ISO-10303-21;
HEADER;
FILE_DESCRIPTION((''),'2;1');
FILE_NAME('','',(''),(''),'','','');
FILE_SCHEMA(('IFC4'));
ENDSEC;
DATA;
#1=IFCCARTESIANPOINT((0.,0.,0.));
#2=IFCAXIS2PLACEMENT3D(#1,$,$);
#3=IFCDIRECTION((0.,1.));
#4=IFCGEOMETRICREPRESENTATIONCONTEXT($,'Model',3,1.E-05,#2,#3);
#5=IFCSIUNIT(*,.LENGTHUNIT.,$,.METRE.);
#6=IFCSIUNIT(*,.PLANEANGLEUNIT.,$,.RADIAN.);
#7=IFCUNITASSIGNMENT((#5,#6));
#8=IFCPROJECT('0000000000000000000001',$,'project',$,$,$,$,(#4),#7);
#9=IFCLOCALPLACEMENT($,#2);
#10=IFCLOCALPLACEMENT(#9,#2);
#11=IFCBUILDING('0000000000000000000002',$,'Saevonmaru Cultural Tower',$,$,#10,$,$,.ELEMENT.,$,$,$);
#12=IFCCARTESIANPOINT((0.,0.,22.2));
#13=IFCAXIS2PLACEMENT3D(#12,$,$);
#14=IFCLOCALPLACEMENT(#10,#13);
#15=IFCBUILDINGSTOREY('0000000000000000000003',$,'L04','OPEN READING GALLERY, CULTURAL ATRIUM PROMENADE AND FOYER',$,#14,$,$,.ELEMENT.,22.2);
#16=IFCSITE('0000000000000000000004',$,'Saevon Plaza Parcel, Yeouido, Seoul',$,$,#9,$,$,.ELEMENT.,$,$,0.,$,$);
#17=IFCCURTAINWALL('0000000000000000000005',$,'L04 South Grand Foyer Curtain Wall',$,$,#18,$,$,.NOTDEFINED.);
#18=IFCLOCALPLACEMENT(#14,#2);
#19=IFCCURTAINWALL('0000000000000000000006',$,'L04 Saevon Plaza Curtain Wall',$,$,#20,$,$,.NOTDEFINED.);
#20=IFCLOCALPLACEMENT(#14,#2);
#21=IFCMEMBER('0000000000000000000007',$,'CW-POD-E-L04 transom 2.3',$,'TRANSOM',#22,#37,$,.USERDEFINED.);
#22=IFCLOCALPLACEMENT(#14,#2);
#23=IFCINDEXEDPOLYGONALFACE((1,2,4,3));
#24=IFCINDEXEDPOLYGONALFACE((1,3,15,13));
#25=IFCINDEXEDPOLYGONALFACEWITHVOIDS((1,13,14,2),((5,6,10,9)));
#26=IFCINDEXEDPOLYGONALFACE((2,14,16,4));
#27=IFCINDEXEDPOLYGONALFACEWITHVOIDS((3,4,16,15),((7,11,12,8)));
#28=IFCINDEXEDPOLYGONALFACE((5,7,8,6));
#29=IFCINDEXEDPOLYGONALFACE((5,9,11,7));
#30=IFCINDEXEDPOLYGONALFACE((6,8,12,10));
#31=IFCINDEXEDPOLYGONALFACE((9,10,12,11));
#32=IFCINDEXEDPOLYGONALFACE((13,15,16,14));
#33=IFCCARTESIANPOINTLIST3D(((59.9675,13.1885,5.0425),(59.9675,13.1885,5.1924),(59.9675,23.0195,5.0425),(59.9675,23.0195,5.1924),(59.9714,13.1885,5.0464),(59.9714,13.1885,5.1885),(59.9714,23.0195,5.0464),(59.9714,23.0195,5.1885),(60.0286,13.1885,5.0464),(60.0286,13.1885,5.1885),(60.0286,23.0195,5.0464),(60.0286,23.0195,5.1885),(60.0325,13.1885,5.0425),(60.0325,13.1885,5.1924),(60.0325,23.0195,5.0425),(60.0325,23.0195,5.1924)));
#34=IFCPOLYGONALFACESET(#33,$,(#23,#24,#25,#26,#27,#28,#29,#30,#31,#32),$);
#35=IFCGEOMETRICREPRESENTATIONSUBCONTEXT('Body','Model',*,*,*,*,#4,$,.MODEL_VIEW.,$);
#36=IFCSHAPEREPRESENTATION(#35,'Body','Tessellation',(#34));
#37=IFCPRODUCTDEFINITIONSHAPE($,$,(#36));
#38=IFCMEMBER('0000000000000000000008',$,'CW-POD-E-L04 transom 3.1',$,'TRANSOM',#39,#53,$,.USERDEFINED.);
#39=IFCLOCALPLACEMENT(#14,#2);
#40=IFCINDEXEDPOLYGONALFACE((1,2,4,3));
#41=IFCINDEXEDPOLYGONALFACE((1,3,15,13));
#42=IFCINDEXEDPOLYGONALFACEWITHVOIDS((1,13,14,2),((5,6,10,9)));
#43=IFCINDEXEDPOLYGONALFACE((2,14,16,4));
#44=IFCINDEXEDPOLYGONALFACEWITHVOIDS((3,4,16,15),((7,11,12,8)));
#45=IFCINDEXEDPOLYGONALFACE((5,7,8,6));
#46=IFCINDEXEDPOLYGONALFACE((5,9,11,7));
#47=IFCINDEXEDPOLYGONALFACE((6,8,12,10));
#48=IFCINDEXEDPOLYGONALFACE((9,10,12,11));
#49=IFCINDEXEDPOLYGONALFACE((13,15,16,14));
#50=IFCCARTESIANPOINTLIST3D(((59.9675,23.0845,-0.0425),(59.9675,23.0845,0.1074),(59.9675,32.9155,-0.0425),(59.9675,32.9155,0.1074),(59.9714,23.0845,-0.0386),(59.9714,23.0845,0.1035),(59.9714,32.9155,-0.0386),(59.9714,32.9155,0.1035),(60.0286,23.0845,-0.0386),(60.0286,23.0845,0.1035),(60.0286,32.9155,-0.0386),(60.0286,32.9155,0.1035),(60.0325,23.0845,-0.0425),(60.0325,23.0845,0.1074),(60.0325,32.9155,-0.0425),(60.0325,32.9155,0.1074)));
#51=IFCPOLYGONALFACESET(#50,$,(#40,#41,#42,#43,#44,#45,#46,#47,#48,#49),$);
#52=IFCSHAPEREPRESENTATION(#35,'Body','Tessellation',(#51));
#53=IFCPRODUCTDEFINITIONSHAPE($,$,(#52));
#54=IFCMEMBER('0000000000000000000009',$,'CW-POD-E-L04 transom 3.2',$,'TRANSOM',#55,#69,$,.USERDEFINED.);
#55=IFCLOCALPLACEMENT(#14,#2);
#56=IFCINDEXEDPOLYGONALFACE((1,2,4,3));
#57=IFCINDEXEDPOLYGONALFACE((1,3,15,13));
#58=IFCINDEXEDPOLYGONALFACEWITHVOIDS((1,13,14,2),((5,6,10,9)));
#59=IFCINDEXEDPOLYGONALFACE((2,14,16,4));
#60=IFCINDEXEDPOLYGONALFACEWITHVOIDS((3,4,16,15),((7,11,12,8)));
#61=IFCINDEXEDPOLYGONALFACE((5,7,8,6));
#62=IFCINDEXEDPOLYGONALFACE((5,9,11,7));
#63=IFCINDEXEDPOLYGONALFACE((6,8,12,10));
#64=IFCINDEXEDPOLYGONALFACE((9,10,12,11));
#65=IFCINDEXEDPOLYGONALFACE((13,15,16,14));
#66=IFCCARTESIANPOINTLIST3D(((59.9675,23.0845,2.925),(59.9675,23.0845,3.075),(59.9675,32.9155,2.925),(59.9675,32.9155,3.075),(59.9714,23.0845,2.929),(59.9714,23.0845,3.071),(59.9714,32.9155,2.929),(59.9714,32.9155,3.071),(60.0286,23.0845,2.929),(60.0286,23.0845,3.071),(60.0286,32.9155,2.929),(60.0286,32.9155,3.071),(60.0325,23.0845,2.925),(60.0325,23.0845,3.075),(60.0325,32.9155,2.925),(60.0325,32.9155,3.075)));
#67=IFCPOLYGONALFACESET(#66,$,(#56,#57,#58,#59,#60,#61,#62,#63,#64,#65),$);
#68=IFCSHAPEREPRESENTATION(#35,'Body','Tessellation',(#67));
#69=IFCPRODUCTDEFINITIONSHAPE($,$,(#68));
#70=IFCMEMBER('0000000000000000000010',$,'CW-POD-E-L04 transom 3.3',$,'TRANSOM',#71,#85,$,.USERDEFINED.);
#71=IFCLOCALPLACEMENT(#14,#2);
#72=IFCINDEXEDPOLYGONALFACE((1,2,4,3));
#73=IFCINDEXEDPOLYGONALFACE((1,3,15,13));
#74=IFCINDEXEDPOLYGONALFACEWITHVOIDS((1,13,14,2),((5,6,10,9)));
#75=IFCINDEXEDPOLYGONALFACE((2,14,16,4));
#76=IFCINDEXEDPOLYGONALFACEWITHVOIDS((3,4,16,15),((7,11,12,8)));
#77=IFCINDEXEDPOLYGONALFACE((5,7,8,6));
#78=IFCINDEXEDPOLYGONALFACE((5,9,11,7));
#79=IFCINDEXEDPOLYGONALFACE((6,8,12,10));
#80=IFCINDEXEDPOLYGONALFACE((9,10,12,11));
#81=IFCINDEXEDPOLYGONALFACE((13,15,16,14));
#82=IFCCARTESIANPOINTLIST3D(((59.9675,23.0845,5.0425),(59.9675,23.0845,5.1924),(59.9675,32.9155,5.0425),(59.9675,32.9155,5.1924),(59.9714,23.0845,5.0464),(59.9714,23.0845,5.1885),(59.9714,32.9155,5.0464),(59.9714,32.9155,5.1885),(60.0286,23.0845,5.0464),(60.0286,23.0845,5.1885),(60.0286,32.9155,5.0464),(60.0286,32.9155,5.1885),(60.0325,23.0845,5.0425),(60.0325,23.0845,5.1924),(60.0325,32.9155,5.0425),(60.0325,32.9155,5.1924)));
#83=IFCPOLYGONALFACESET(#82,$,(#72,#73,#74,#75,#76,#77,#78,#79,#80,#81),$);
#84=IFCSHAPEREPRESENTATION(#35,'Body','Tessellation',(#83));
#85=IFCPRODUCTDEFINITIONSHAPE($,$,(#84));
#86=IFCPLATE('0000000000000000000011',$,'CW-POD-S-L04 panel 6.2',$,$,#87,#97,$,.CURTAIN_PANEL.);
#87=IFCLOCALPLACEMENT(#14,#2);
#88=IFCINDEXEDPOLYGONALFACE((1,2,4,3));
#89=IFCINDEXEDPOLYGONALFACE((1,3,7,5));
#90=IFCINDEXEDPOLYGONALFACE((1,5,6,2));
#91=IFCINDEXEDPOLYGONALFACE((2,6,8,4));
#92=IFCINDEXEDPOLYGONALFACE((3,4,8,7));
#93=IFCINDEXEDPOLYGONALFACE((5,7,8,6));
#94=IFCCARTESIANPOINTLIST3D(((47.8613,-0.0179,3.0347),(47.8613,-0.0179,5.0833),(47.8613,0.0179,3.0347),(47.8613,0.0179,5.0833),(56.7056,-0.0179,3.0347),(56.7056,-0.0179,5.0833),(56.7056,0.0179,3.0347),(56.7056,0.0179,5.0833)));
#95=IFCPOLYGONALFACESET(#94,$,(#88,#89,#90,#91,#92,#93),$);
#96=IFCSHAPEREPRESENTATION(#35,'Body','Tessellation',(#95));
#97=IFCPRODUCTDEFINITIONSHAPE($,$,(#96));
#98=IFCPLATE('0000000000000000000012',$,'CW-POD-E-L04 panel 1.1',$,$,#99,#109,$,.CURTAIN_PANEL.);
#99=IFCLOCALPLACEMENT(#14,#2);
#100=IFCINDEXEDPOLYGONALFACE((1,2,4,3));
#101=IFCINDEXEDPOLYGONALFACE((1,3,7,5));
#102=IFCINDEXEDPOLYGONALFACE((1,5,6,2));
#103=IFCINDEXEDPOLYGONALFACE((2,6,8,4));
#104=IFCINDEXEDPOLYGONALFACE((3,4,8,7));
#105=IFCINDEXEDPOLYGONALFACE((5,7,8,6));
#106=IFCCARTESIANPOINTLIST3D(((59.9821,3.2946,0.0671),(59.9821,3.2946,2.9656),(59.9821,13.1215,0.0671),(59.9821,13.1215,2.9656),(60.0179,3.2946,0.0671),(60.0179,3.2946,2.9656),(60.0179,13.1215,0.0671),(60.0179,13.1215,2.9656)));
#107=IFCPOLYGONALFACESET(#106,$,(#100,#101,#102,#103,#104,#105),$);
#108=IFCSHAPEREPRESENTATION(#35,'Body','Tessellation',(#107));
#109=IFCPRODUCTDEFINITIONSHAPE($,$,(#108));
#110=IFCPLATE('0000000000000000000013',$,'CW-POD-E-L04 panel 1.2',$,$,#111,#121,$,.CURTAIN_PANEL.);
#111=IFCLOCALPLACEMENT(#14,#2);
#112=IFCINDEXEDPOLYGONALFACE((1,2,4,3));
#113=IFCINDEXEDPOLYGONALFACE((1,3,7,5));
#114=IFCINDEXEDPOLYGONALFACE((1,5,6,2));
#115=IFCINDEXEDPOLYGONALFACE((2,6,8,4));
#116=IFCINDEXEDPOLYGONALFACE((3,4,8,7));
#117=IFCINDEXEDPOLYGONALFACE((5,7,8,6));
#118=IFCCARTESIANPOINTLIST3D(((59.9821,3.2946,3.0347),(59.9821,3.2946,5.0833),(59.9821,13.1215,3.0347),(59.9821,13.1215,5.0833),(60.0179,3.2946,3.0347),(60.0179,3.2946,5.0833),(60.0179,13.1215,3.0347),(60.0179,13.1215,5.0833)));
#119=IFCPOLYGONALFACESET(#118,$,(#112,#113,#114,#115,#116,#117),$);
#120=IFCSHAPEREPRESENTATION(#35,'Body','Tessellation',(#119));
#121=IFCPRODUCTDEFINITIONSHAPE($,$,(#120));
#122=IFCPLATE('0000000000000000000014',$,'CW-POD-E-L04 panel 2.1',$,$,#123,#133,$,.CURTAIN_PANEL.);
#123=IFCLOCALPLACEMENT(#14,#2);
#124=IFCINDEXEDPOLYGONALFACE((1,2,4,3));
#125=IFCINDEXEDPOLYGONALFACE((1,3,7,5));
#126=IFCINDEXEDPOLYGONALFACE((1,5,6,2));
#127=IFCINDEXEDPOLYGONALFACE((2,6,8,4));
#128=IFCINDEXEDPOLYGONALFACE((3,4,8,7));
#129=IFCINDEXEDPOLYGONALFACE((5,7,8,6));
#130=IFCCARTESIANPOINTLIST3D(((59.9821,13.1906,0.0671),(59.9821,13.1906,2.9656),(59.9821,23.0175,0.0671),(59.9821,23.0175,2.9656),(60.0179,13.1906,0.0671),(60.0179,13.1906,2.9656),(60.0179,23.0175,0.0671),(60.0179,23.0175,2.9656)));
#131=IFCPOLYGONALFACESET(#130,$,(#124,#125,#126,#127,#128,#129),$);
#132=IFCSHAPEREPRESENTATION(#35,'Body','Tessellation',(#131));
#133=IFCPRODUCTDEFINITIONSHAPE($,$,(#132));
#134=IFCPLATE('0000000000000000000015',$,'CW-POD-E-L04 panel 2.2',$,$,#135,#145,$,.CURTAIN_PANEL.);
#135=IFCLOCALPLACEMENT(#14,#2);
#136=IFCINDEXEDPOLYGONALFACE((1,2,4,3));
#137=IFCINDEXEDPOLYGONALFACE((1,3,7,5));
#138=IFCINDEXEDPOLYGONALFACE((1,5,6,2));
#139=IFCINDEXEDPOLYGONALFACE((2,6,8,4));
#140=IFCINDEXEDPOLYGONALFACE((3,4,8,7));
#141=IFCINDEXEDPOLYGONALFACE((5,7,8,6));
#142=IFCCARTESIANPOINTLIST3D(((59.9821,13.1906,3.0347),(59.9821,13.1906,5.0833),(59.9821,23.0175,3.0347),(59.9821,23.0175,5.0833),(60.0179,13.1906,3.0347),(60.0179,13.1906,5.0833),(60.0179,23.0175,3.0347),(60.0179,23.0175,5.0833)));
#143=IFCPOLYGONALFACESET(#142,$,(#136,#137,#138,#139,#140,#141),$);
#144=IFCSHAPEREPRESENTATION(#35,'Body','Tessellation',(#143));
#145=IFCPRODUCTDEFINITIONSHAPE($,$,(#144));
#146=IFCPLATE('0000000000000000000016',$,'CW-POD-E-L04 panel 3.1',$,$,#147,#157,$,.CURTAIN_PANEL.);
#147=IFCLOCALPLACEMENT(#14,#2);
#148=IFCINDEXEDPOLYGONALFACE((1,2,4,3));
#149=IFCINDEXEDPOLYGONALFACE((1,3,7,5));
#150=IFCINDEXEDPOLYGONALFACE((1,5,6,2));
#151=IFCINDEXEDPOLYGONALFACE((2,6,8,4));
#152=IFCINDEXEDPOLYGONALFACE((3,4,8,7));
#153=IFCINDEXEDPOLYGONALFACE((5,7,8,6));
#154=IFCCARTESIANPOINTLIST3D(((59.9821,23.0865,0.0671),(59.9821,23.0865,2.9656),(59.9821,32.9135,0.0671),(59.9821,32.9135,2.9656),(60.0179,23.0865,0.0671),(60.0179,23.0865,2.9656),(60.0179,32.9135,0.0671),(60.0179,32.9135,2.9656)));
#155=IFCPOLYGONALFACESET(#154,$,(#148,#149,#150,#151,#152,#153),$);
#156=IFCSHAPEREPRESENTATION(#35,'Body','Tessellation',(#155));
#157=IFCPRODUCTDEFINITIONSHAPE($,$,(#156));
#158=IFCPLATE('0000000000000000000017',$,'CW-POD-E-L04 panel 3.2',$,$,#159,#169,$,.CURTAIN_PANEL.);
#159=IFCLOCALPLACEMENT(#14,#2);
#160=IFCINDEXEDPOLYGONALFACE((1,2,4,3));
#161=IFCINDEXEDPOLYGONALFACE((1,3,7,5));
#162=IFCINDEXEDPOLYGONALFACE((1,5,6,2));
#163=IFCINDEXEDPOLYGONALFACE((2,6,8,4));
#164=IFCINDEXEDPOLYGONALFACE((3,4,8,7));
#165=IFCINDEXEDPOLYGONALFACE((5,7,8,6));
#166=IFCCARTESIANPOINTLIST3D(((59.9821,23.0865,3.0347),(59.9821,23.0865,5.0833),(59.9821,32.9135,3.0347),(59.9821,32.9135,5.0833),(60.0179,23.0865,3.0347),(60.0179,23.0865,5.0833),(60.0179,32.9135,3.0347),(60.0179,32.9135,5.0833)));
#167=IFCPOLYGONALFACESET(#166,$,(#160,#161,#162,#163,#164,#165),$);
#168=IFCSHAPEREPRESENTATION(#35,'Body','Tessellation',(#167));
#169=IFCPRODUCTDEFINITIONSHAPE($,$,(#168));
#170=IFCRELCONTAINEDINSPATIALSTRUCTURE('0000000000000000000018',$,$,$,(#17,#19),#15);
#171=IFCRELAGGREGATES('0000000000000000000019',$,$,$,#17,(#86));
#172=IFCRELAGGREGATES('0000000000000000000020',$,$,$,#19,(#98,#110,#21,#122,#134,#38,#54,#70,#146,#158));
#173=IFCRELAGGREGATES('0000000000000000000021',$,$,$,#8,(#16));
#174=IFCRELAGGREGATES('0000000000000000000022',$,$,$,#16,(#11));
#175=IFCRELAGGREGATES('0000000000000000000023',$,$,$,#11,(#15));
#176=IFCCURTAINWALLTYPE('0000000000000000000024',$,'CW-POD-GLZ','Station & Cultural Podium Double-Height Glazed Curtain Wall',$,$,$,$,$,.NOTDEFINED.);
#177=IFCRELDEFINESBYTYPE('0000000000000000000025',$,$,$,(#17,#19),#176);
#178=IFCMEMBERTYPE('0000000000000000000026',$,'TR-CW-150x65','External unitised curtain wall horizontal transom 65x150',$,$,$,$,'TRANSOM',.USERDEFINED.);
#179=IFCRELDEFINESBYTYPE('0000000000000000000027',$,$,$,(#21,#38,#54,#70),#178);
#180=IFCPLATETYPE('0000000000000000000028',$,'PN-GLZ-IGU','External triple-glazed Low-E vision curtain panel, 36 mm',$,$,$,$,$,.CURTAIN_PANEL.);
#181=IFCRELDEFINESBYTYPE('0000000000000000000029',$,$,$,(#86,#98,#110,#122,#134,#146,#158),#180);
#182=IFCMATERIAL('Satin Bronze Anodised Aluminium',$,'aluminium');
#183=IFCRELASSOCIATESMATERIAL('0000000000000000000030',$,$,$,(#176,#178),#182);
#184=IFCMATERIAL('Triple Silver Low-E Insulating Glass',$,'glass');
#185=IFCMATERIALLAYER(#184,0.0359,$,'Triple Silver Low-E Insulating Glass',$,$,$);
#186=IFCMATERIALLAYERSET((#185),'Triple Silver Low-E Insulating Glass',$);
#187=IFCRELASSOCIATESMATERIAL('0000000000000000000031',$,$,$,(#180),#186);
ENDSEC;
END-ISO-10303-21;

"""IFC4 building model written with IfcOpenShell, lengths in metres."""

from ifc_helpers import new_model, si_unit, direction, frame, origin, origin_2d, place, context, subcontext, project, spatial, rectangle, hollow_rectangle, extrude, material, layer, layer_set, material_profile, profile_set, type_object, element, aggregate, save


model = new_model("IFC4")

# Units and contexts
model_context = context("Model", 3, precision=1e-05, world=origin(), true_north=direction((0.0, 1.0)))
body_context = subcontext(model_context, "Body", "Model", "MODEL_VIEW")
ifc_project = project(units=[si_unit("LENGTHUNIT", "METRE"), si_unit("PLANEANGLEUNIT", "RADIAN")], contexts=[model_context])

# Site, building, storey
site_placement = place(None, origin())
site = spatial("IfcSite", under=ifc_project, at=site_placement, Name="Saevon Plaza Parcel, Yeouido, Seoul", CompositionType="ELEMENT", RefElevation=0.0)
building_placement = place(site_placement, origin())
building = spatial("IfcBuilding", under=site, at=building_placement, Name="Saevonmaru Cultural Tower", CompositionType="ELEMENT")
storey_placement = place(building_placement, frame((0.0, 0.0, 22.2)))
storey = spatial("IfcBuildingStorey", under=building, at=storey_placement, Name="L04", Description="OPEN READING GALLERY, CULTURAL ATRIUM PROMENADE AND FOYER", CompositionType="ELEMENT", Elevation=22.2)

# Curtain wall
ifc_material_1 = material(Name="Satin Bronze Anodised Aluminium", Category="aluminium")
curtain_wall_type_1 = type_object("IfcCurtainWallType", Name="CW-POD-GLZ", Description="Station & Cultural Podium Double-Height Glazed Curtain Wall", PredefinedType="NOTDEFINED", material=ifc_material_1)
curtain_wall_1_placement = place(storey_placement, origin())
curtain_wall_1 = element("IfcCurtainWall", 1, at=curtain_wall_1_placement, inside=storey, type_object=curtain_wall_type_1, Name="L04 South Grand Foyer Curtain Wall", PredefinedType="NOTDEFINED")

# Curtain wall
curtain_wall_2_placement = place(storey_placement, origin())
curtain_wall_2 = element("IfcCurtainWall", 2, at=curtain_wall_2_placement, inside=storey, type_object=curtain_wall_type_1, Name="L04 Saevon Plaza Curtain Wall", PredefinedType="NOTDEFINED")

# Members
ifc_material_profile_1 = material_profile(ifc_material_1, hollow_rectangle(XDim=0.0649, YDim=0.1499, WallThickness=0.0039, at=origin_2d()), Name="ALU-TRAN-150x65x4")
ifc_profile_set_1 = profile_set([ifc_material_profile_1], Name="Satin Bronze Anodised Aluminium")
member_type_1 = type_object("IfcMemberType", Name="TR-CW-150x65", Description="External unitised curtain wall horizontal transom 65x150", ElementType="TRANSOM", PredefinedType="USERDEFINED", material=ifc_profile_set_1)
member_1_placement = place(storey_placement, frame((60.0, 13.1885, 5.1174), z_axis=(0.0, 1.0, 0.0), x_axis=(-1.0, 0.0, 0.0)))
member_1 = element("IfcMember", 3, at=member_1_placement, type_object=member_type_1, Name="CW-POD-E-L04 transom 2.3", ObjectType="TRANSOM", PredefinedType="USERDEFINED", context=body_context, shape_type="SweptSolid", body=[
    extrude(hollow_rectangle(XDim=0.0649, YDim=0.1499, WallThickness=0.0039, at=origin_2d()), origin(), (0.0, 0.0, 1.0), 9.8311),
])
member_2_placement = place(storey_placement, frame((60.0, 23.0845, 0.0325), z_axis=(0.0, 1.0, 0.0), x_axis=(-1.0, 0.0, 0.0)))
member_2 = element("IfcMember", 4, at=member_2_placement, type_object=member_type_1, Name="CW-POD-E-L04 transom 3.1", ObjectType="TRANSOM", PredefinedType="USERDEFINED", context=body_context, shape_type="SweptSolid", body=[
    extrude(hollow_rectangle(XDim=0.0649, YDim=0.1499, WallThickness=0.0039, at=origin_2d()), origin(), (0.0, 0.0, 1.0), 9.8311),
])
member_3_placement = place(storey_placement, frame((60.0, 23.0845, 3.0), z_axis=(0.0, 1.0, 0.0), x_axis=(-1.0, 0.0, 0.0)))
member_3 = element("IfcMember", 5, at=member_3_placement, type_object=member_type_1, Name="CW-POD-E-L04 transom 3.2", ObjectType="TRANSOM", PredefinedType="USERDEFINED", context=body_context, shape_type="SweptSolid", body=[
    extrude(hollow_rectangle(XDim=0.0649, YDim=0.1499, WallThickness=0.0039, at=origin_2d()), origin(), (0.0, 0.0, 1.0), 9.8311),
])
member_4_placement = place(storey_placement, frame((60.0, 23.0845, 5.1174), z_axis=(0.0, 1.0, 0.0), x_axis=(-1.0, 0.0, 0.0)))
member_4 = element("IfcMember", 6, at=member_4_placement, type_object=member_type_1, Name="CW-POD-E-L04 transom 3.3", ObjectType="TRANSOM", PredefinedType="USERDEFINED", context=body_context, shape_type="SweptSolid", body=[
    extrude(hollow_rectangle(XDim=0.0649, YDim=0.1499, WallThickness=0.0039, at=origin_2d()), origin(), (0.0, 0.0, 1.0), 9.8311),
])

# Plates
ifc_material_2 = material(Name="Triple Silver Low-E Insulating Glass", Category="glass")
ifc_layer_1 = layer(ifc_material_2, 0.0359, Name="Triple Silver Low-E Insulating Glass")
ifc_layer_set_1 = layer_set([ifc_layer_1], Name="Triple Silver Low-E Insulating Glass")
plate_type = type_object("IfcPlateType", Name="PN-GLZ-IGU", Description="External triple-glazed Low-E vision curtain panel, 36 mm", PredefinedType="CURTAIN_PANEL", material=ifc_layer_set_1)
plate_1_placement = place(storey_placement, frame((52.2834, 0.0, 3.0347), z_axis=(0.0, 0.0, 1.0), x_axis=(1.0, 0.0, 0.0)))
plate_1 = element("IfcPlate", 7, at=plate_1_placement, type_object=plate_type, Name="CW-POD-S-L04 panel 6.2", PredefinedType="CURTAIN_PANEL", context=body_context, shape_type="SweptSolid", body=[
    extrude(rectangle(XDim=8.8442, YDim=0.0359, at=origin_2d()), origin(), (0.0, 0.0, 1.0), 2.0486),
])
aggregate(curtain_wall_1, [plate_1])
plate_2_placement = place(storey_placement, frame((60.0, 8.208, 0.0671), z_axis=(0.0, 0.0, 1.0), x_axis=(0.0, 1.0, 0.0)))
plate_2 = element("IfcPlate", 8, at=plate_2_placement, type_object=plate_type, Name="CW-POD-E-L04 panel 1.1", PredefinedType="CURTAIN_PANEL", context=body_context, shape_type="SweptSolid", body=[
    extrude(rectangle(XDim=9.8269, YDim=0.0359, at=origin_2d()), origin(), (0.0, 0.0, 1.0), 2.8984),
])
plate_3_placement = place(storey_placement, frame((60.0, 8.208, 3.0347), z_axis=(0.0, 0.0, 1.0), x_axis=(0.0, 1.0, 0.0)))
plate_3 = element("IfcPlate", 9, at=plate_3_placement, type_object=plate_type, Name="CW-POD-E-L04 panel 1.2", PredefinedType="CURTAIN_PANEL", context=body_context, shape_type="SweptSolid", body=[
    extrude(rectangle(XDim=9.8269, YDim=0.0359, at=origin_2d()), origin(), (0.0, 0.0, 1.0), 2.0486),
])
plate_4_placement = place(storey_placement, frame((60.0, 18.104, 0.0671), z_axis=(0.0, 0.0, 1.0), x_axis=(0.0, 1.0, 0.0)))
plate_4 = element("IfcPlate", 10, at=plate_4_placement, type_object=plate_type, Name="CW-POD-E-L04 panel 2.1", PredefinedType="CURTAIN_PANEL", context=body_context, shape_type="SweptSolid", body=[
    extrude(rectangle(XDim=9.8269, YDim=0.0359, at=origin_2d()), origin(), (0.0, 0.0, 1.0), 2.8984),
])
plate_5_placement = place(storey_placement, frame((60.0, 18.104, 3.0347), z_axis=(0.0, 0.0, 1.0), x_axis=(0.0, 1.0, 0.0)))
plate_5 = element("IfcPlate", 11, at=plate_5_placement, type_object=plate_type, Name="CW-POD-E-L04 panel 2.2", PredefinedType="CURTAIN_PANEL", context=body_context, shape_type="SweptSolid", body=[
    extrude(rectangle(XDim=9.8269, YDim=0.0359, at=origin_2d()), origin(), (0.0, 0.0, 1.0), 2.0486),
])
plate_6_placement = place(storey_placement, frame((60.0, 28.0, 0.0671), z_axis=(0.0, 0.0, 1.0), x_axis=(0.0, 1.0, 0.0)))
plate_6 = element("IfcPlate", 12, at=plate_6_placement, type_object=plate_type, Name="CW-POD-E-L04 panel 3.1", PredefinedType="CURTAIN_PANEL", context=body_context, shape_type="SweptSolid", body=[
    extrude(rectangle(XDim=9.8269, YDim=0.0359, at=origin_2d()), origin(), (0.0, 0.0, 1.0), 2.8984),
])
plate_7_placement = place(storey_placement, frame((60.0, 28.0, 3.0347), z_axis=(0.0, 0.0, 1.0), x_axis=(0.0, 1.0, 0.0)))
plate_7 = element("IfcPlate", 13, at=plate_7_placement, type_object=plate_type, Name="CW-POD-E-L04 panel 3.2", PredefinedType="CURTAIN_PANEL", context=body_context, shape_type="SweptSolid", body=[
    extrude(rectangle(XDim=9.8269, YDim=0.0359, at=origin_2d()), origin(), (0.0, 0.0, 1.0), 2.0486),
])
aggregate(curtain_wall_2, [plate_2, plate_3, member_1, plate_4, plate_5, member_2, member_3, member_4, plate_6, plate_7])

save(model, "model.ifc")
